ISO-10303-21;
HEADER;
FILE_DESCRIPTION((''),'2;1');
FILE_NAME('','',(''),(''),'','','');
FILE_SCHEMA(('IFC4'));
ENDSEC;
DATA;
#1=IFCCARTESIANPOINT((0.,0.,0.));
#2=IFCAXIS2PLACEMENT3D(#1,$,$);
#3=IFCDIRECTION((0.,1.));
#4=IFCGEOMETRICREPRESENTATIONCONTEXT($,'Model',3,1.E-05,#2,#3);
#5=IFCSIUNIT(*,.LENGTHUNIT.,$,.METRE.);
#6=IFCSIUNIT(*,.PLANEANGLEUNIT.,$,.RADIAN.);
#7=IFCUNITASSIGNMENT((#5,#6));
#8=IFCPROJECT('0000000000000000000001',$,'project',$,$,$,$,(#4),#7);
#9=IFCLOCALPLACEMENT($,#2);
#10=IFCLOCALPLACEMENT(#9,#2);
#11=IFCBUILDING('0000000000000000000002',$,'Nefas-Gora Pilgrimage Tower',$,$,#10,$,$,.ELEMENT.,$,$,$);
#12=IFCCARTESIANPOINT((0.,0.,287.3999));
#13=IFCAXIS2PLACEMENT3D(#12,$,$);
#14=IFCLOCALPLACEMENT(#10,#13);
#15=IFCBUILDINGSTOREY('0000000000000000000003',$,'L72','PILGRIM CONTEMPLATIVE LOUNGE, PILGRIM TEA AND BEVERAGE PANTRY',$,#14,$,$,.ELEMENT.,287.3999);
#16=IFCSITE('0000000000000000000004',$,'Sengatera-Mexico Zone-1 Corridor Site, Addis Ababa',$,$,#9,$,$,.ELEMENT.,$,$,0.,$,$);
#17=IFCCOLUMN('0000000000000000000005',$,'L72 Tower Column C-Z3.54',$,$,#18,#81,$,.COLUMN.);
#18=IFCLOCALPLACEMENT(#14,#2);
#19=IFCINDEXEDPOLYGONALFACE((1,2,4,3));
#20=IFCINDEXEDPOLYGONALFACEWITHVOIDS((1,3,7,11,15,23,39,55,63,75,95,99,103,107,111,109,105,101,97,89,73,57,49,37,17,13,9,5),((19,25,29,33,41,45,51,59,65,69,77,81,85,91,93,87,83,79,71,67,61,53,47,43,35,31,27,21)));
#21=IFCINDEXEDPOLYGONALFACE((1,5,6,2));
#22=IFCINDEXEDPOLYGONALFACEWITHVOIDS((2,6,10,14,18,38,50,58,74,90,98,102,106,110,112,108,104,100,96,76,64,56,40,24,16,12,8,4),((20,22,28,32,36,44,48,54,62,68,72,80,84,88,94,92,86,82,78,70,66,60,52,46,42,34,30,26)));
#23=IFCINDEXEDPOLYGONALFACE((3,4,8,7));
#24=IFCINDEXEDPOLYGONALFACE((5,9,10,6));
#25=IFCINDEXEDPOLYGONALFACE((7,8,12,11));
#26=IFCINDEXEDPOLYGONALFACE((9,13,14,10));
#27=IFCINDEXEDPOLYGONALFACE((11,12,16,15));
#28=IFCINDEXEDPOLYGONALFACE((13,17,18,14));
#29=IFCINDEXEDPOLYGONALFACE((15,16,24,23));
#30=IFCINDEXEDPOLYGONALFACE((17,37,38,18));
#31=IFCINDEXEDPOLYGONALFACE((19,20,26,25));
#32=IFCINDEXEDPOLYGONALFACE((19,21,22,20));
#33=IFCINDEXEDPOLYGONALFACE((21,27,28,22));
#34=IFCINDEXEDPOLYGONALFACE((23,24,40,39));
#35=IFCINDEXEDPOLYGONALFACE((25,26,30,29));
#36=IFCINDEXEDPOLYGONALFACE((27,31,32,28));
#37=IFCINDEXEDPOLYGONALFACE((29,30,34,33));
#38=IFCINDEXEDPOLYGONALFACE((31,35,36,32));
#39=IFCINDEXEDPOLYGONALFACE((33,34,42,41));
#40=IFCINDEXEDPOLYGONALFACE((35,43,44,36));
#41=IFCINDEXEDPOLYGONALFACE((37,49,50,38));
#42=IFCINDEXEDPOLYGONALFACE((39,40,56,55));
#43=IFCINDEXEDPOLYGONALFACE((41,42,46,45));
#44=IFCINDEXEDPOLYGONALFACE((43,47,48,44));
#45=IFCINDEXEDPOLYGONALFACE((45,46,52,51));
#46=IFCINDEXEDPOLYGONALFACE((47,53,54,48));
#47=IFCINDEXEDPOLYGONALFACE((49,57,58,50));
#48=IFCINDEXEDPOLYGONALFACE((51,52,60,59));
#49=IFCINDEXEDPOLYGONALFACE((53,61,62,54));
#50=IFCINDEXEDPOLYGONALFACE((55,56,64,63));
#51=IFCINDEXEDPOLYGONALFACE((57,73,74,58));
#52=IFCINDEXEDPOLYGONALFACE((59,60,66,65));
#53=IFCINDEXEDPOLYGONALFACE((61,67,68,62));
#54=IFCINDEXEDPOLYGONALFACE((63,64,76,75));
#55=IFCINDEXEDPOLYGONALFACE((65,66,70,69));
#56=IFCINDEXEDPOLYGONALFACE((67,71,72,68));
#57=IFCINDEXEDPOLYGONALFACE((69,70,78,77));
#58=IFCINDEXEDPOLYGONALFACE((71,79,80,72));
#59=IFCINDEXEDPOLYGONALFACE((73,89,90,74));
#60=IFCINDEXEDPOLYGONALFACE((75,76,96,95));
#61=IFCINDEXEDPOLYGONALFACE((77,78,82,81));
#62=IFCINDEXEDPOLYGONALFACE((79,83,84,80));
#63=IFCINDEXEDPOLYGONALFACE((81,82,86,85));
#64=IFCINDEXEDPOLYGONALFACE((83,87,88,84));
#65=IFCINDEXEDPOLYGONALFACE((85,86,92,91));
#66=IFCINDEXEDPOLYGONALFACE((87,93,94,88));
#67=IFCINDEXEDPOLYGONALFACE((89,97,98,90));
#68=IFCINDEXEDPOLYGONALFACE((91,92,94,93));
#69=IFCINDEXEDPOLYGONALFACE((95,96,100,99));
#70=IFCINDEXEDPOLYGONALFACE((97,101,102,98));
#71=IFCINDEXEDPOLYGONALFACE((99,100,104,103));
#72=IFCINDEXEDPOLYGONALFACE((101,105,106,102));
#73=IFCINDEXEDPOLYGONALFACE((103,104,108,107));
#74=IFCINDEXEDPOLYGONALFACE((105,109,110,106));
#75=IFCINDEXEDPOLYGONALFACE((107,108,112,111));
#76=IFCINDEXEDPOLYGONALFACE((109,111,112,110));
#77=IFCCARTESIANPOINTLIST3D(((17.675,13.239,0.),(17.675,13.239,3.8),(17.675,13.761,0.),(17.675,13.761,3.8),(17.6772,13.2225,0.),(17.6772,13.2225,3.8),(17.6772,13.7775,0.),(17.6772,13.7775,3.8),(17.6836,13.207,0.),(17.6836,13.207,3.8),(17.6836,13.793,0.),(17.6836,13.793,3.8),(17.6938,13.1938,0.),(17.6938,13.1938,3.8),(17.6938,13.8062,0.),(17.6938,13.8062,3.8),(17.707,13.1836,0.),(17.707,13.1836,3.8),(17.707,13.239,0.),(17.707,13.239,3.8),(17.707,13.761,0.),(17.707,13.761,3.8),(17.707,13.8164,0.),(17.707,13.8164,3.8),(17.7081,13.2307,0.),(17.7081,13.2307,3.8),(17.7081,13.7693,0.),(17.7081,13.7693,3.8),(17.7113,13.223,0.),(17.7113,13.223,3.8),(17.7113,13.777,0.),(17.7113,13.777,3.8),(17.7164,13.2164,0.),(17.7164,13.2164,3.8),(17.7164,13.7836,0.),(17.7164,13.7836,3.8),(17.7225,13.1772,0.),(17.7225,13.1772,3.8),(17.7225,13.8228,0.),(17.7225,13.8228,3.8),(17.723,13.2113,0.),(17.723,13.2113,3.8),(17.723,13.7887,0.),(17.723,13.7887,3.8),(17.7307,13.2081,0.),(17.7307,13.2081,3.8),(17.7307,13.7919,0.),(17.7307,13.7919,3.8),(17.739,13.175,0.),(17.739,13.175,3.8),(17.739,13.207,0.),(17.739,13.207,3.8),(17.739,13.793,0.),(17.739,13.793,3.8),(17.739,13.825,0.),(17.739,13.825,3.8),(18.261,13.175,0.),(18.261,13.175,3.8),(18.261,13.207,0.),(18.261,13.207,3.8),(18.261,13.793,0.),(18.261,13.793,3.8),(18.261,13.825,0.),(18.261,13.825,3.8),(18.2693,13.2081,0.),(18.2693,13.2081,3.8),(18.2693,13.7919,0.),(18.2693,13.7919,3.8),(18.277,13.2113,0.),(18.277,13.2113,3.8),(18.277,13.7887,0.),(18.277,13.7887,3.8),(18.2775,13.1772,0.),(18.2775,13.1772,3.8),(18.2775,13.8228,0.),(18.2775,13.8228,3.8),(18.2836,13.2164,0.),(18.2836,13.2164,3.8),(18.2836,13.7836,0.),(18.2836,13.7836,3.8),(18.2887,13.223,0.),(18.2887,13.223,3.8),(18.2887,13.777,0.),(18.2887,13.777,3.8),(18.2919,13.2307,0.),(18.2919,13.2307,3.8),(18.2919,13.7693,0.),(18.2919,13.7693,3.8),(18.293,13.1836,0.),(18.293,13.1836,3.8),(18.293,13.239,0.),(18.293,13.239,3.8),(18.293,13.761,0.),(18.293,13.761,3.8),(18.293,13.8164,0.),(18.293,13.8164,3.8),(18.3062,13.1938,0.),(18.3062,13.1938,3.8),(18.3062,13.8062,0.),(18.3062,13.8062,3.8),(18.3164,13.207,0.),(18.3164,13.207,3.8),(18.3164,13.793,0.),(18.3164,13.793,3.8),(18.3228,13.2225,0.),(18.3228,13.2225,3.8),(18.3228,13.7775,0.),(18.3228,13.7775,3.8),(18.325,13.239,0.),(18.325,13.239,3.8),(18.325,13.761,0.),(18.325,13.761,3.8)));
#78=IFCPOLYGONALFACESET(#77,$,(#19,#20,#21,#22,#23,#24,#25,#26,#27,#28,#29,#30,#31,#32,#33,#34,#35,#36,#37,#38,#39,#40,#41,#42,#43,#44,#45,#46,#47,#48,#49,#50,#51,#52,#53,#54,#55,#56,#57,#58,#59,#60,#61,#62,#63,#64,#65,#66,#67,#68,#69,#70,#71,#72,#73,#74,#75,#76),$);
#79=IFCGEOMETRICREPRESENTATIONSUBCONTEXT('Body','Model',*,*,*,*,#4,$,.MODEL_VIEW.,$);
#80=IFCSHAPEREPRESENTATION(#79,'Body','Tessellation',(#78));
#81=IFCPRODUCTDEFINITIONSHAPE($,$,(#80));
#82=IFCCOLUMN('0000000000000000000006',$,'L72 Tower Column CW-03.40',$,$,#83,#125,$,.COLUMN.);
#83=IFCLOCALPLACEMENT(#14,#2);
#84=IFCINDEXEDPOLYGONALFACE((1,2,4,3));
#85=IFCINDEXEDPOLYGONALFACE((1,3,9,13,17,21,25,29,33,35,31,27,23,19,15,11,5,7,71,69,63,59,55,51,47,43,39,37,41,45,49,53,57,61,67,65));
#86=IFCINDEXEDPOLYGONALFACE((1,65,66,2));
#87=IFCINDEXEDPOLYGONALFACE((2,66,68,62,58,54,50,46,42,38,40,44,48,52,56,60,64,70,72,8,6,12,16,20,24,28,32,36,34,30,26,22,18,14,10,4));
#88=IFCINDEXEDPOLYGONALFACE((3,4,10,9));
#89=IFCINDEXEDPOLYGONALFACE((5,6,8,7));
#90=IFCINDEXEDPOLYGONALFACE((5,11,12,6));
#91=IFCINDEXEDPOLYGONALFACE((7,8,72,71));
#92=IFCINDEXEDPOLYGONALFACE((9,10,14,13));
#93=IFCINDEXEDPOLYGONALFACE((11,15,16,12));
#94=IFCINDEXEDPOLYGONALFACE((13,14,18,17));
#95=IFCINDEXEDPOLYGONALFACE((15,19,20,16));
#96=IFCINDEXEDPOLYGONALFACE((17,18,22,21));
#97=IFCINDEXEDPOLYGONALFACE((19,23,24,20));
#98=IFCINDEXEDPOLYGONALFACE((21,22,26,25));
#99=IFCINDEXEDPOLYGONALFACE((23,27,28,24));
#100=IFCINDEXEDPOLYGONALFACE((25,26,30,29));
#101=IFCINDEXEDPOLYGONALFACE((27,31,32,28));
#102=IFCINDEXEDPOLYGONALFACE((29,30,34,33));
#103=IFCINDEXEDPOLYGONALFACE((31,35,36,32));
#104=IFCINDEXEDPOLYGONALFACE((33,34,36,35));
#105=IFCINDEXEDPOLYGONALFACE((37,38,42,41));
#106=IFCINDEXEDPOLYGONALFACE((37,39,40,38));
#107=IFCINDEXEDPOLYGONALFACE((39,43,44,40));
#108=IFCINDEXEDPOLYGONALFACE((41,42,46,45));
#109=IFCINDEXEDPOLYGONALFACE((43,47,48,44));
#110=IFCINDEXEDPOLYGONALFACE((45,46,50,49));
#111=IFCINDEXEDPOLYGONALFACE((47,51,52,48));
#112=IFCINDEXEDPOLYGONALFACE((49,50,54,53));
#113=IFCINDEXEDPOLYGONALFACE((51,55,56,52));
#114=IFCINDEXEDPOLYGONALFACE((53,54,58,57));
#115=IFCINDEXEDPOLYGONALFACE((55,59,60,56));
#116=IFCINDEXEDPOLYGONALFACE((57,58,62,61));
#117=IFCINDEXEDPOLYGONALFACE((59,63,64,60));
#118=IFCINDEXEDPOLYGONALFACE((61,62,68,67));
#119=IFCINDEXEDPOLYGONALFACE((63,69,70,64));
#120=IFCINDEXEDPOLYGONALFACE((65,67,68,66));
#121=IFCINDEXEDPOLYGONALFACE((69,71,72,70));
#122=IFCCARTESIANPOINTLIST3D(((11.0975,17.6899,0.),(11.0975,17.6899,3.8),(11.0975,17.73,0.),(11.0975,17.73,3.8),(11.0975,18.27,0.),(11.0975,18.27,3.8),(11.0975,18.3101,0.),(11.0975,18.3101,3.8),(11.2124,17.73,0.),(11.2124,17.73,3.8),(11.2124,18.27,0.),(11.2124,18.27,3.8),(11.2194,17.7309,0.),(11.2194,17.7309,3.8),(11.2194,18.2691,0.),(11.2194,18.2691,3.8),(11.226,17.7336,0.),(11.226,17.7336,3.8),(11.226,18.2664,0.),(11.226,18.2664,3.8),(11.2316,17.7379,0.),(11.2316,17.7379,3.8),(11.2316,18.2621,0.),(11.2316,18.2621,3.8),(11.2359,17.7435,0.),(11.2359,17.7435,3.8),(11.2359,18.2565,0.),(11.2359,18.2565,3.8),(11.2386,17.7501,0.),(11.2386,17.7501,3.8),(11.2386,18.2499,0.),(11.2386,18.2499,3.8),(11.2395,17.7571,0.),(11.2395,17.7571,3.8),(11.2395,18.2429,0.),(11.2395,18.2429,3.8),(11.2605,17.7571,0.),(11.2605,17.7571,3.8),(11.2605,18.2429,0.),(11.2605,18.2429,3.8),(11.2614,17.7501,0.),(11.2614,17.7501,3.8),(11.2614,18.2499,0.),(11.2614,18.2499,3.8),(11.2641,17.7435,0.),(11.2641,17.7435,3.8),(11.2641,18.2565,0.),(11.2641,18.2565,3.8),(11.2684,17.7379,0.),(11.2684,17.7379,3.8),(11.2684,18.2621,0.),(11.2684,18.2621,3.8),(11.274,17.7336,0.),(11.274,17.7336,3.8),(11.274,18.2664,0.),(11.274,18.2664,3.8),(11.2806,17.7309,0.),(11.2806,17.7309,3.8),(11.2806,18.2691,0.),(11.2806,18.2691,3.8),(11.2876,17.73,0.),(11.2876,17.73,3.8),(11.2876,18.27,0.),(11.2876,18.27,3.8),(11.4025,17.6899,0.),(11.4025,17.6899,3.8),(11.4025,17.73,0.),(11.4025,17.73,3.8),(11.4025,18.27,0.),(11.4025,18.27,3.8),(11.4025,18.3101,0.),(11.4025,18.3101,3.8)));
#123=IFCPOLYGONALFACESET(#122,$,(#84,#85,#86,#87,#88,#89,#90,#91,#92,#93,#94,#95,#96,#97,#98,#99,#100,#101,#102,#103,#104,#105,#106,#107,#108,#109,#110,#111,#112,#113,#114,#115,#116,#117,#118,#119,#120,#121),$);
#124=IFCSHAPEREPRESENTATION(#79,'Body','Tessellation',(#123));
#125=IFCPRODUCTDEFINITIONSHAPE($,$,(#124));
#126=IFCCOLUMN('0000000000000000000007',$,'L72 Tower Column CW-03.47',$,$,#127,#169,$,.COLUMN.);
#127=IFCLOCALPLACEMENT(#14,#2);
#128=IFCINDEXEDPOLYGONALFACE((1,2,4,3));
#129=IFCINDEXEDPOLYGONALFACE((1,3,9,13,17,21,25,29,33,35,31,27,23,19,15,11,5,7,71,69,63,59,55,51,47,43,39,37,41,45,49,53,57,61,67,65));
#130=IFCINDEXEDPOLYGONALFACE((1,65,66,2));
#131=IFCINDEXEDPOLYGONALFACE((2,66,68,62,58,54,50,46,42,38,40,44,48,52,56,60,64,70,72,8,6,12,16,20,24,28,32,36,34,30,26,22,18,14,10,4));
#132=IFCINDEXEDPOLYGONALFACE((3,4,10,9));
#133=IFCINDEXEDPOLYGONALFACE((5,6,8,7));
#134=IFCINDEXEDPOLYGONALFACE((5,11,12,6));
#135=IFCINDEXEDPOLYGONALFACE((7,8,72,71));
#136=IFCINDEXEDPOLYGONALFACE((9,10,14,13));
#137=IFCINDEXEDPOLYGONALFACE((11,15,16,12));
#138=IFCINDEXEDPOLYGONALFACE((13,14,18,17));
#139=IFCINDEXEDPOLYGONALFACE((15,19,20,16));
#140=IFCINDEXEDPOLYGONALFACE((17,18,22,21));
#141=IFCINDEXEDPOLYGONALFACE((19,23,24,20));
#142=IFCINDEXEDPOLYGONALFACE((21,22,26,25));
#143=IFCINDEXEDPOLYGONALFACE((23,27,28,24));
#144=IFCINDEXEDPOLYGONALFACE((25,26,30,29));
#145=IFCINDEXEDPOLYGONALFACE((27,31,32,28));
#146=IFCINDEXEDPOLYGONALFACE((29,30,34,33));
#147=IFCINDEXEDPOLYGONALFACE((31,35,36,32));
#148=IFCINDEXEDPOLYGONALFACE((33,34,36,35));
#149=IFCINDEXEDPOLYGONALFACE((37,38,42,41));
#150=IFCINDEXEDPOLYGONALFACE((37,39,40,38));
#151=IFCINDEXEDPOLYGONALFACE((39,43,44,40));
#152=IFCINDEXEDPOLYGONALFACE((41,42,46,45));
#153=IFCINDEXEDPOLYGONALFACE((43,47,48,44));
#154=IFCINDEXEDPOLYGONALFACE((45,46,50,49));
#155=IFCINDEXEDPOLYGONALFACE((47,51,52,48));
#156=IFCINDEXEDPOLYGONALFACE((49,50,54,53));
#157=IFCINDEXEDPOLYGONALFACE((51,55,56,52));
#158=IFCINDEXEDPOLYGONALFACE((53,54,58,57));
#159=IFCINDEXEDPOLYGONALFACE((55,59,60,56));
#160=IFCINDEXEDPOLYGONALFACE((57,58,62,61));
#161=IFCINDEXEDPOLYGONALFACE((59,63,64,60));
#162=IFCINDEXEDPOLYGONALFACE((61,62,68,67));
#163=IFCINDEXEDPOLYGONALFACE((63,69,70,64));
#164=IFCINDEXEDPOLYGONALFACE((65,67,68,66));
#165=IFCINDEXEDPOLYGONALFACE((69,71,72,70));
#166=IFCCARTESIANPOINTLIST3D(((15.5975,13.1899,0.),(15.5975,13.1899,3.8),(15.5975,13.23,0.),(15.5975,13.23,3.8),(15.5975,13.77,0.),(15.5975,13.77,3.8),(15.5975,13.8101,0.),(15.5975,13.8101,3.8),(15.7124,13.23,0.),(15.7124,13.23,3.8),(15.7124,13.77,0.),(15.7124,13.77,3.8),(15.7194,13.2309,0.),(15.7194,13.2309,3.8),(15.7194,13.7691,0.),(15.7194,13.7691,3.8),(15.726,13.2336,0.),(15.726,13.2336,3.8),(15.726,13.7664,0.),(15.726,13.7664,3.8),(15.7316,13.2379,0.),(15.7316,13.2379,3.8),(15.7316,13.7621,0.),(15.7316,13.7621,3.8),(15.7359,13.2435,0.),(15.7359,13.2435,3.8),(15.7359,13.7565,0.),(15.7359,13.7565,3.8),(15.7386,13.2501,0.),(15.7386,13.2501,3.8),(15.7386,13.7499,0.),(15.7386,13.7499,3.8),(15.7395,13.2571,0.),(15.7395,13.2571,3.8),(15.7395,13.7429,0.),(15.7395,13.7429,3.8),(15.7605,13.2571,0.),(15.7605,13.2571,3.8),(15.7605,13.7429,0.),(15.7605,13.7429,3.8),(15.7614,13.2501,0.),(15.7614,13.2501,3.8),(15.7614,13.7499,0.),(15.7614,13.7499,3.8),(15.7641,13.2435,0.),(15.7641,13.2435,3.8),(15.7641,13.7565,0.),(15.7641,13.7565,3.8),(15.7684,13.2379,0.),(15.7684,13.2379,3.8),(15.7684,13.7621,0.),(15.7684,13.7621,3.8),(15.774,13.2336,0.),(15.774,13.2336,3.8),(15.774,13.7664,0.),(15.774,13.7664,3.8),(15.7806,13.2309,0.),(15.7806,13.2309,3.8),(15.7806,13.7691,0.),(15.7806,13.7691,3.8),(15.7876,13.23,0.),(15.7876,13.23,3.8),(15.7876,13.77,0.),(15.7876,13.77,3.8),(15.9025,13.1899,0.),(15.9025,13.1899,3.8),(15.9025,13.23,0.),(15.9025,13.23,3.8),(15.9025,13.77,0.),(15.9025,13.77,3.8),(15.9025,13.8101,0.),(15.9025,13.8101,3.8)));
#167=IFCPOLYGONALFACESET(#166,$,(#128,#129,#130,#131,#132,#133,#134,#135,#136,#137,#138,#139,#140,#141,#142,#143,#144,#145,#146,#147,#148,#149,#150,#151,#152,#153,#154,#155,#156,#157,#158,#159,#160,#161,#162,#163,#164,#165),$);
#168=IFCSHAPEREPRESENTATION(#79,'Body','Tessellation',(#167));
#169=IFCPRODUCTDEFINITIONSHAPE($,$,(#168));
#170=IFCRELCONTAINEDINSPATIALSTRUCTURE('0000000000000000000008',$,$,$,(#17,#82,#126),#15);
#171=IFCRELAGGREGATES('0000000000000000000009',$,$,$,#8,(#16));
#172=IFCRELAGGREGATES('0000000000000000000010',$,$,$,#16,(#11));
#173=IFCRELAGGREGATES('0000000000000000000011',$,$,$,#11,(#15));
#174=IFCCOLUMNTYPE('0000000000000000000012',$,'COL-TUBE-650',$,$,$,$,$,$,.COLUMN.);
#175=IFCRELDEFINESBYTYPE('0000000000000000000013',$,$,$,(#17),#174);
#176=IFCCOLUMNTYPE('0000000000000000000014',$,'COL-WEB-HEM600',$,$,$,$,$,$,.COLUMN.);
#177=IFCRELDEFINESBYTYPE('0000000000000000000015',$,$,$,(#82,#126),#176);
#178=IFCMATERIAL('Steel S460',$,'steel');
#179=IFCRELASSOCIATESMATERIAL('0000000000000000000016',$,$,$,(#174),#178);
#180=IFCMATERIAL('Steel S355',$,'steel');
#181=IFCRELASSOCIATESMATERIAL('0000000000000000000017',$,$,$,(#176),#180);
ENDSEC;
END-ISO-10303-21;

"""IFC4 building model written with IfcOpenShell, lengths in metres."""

from ifc_helpers import new_model, si_unit, direction, frame, origin, origin_2d, place, context, subcontext, project, spatial, hollow_rectangle, i_section, extrude, source, transform, mapped, material, material_profile, profile_set, type_object, element, save


model = new_model("IFC4")

# Units and contexts
model_context = context("Model", 3, precision=1e-05, world=origin(), true_north=direction((0.0, 1.0)))
body_context = subcontext(model_context, "Body", "Model", "MODEL_VIEW")
ifc_project = project(units=[si_unit("LENGTHUNIT", "METRE"), si_unit("PLANEANGLEUNIT", "RADIAN")], contexts=[model_context])

# Site, building, storey
site_placement = place(None, origin())
site = spatial("IfcSite", under=ifc_project, at=site_placement, Name="Sengatera-Mexico Zone-1 Corridor Site, Addis Ababa", CompositionType="ELEMENT", RefElevation=0.0)
building_placement = place(site_placement, origin())
building = spatial("IfcBuilding", under=site, at=building_placement, Name="Nefas-Gora Pilgrimage Tower", CompositionType="ELEMENT")
storey_placement = place(building_placement, frame((0.0, 0.0, 287.3999)))
storey = spatial("IfcBuildingStorey", under=building, at=storey_placement, Name="L72", Description="PILGRIM CONTEMPLATIVE LOUNGE, PILGRIM TEA AND BEVERAGE PANTRY", CompositionType="ELEMENT", Elevation=287.3999)

# Columns
ifc_material_1 = material(Name="Steel S460", Category="steel")
ifc_material_profile_1 = material_profile(ifc_material_1, hollow_rectangle(XDim=0.6499, YDim=0.6499, WallThickness=0.032, InnerFilletRadius=0.032, OuterFilletRadius=0.064, at=origin_2d()), Name="BOX 650x650x32")
ifc_profile_set_1 = profile_set([ifc_material_profile_1], Name="Steel S460")
column_type_1 = type_object("IfcColumnType", Name="COL-TUBE-650", PredefinedType="COLUMN", material=ifc_profile_set_1)
shared_shape_1 = source(origin(), body_context, "Body", "SweptSolid", [
    extrude(hollow_rectangle(XDim=0.6499, YDim=0.6499, WallThickness=0.032, InnerFilletRadius=0.032, OuterFilletRadius=0.064, at=origin_2d()), origin(), (0.0, 0.0, 1.0), 3.8),
])
column_placement = place(storey_placement, frame((18.0, 13.5, 0.0), z_axis=(0.0, 0.0, 1.0), x_axis=(1.0, 0.0, 0.0)))
element("IfcColumn", 1, at=column_placement, inside=storey, type_object=column_type_1, Name="L72 Tower Column C-Z3.54", PredefinedType="COLUMN", context=body_context, shape_type="MappedRepresentation", body=[
    mapped(shared_shape_1, transform((0.0, 0.0, 0.0), x_axis=(1.0, 0.0, 0.0), y_axis=(0.0, 1.0, 0.0), z_axis=(0.0, 0.0, 1.0), scale=1.0)),
])
ifc_material_2 = material(Name="Steel S355", Category="steel")
ifc_material_profile_2 = material_profile(ifc_material_2, i_section(OverallWidth=0.3049, OverallDepth=0.6201, WebThickness=0.021, FlangeThickness=0.04, FilletRadius=0.0271, at=origin_2d()), Name="HEM 600")
ifc_profile_set_2 = profile_set([ifc_material_profile_2], Name="Steel S355")
column_type_2 = type_object("IfcColumnType", Name="COL-WEB-HEM600", PredefinedType="COLUMN", material=ifc_profile_set_2)
shared_shape_2 = source(origin(), body_context, "Body", "SweptSolid", [
    extrude(i_section(OverallWidth=0.3049, OverallDepth=0.6201, WebThickness=0.021, FlangeThickness=0.04, FilletRadius=0.0271, at=origin_2d()), origin(), (0.0, 0.0, 1.0), 3.8),
])
for number, where, z_axis, x_axis, name in (
    (2, (11.25, 18.0, 0.0), (0.0, 0.0, 1.0), (1.0, 0.0, 0.0), "L72 Tower Column CW-03.40"),
    (3, (15.75, 13.5, 0.0), (0.0, 0.0, 1.0), (1.0, 0.0, 0.0), "L72 Tower Column CW-03.47"),
):
    element("IfcColumn", number, at=place(storey_placement, frame(where, z_axis=z_axis, x_axis=x_axis)), inside=storey, type_object=column_type_2, Name=name, PredefinedType="COLUMN", context=body_context, shape_type="MappedRepresentation", body=[
        mapped(shared_shape_2, transform((0.0, 0.0, 0.0), x_axis=(1.0, 0.0, 0.0), y_axis=(0.0, 1.0, 0.0), z_axis=(0.0, 0.0, 1.0), scale=1.0)),
    ])

save(model, "model.ifc")
